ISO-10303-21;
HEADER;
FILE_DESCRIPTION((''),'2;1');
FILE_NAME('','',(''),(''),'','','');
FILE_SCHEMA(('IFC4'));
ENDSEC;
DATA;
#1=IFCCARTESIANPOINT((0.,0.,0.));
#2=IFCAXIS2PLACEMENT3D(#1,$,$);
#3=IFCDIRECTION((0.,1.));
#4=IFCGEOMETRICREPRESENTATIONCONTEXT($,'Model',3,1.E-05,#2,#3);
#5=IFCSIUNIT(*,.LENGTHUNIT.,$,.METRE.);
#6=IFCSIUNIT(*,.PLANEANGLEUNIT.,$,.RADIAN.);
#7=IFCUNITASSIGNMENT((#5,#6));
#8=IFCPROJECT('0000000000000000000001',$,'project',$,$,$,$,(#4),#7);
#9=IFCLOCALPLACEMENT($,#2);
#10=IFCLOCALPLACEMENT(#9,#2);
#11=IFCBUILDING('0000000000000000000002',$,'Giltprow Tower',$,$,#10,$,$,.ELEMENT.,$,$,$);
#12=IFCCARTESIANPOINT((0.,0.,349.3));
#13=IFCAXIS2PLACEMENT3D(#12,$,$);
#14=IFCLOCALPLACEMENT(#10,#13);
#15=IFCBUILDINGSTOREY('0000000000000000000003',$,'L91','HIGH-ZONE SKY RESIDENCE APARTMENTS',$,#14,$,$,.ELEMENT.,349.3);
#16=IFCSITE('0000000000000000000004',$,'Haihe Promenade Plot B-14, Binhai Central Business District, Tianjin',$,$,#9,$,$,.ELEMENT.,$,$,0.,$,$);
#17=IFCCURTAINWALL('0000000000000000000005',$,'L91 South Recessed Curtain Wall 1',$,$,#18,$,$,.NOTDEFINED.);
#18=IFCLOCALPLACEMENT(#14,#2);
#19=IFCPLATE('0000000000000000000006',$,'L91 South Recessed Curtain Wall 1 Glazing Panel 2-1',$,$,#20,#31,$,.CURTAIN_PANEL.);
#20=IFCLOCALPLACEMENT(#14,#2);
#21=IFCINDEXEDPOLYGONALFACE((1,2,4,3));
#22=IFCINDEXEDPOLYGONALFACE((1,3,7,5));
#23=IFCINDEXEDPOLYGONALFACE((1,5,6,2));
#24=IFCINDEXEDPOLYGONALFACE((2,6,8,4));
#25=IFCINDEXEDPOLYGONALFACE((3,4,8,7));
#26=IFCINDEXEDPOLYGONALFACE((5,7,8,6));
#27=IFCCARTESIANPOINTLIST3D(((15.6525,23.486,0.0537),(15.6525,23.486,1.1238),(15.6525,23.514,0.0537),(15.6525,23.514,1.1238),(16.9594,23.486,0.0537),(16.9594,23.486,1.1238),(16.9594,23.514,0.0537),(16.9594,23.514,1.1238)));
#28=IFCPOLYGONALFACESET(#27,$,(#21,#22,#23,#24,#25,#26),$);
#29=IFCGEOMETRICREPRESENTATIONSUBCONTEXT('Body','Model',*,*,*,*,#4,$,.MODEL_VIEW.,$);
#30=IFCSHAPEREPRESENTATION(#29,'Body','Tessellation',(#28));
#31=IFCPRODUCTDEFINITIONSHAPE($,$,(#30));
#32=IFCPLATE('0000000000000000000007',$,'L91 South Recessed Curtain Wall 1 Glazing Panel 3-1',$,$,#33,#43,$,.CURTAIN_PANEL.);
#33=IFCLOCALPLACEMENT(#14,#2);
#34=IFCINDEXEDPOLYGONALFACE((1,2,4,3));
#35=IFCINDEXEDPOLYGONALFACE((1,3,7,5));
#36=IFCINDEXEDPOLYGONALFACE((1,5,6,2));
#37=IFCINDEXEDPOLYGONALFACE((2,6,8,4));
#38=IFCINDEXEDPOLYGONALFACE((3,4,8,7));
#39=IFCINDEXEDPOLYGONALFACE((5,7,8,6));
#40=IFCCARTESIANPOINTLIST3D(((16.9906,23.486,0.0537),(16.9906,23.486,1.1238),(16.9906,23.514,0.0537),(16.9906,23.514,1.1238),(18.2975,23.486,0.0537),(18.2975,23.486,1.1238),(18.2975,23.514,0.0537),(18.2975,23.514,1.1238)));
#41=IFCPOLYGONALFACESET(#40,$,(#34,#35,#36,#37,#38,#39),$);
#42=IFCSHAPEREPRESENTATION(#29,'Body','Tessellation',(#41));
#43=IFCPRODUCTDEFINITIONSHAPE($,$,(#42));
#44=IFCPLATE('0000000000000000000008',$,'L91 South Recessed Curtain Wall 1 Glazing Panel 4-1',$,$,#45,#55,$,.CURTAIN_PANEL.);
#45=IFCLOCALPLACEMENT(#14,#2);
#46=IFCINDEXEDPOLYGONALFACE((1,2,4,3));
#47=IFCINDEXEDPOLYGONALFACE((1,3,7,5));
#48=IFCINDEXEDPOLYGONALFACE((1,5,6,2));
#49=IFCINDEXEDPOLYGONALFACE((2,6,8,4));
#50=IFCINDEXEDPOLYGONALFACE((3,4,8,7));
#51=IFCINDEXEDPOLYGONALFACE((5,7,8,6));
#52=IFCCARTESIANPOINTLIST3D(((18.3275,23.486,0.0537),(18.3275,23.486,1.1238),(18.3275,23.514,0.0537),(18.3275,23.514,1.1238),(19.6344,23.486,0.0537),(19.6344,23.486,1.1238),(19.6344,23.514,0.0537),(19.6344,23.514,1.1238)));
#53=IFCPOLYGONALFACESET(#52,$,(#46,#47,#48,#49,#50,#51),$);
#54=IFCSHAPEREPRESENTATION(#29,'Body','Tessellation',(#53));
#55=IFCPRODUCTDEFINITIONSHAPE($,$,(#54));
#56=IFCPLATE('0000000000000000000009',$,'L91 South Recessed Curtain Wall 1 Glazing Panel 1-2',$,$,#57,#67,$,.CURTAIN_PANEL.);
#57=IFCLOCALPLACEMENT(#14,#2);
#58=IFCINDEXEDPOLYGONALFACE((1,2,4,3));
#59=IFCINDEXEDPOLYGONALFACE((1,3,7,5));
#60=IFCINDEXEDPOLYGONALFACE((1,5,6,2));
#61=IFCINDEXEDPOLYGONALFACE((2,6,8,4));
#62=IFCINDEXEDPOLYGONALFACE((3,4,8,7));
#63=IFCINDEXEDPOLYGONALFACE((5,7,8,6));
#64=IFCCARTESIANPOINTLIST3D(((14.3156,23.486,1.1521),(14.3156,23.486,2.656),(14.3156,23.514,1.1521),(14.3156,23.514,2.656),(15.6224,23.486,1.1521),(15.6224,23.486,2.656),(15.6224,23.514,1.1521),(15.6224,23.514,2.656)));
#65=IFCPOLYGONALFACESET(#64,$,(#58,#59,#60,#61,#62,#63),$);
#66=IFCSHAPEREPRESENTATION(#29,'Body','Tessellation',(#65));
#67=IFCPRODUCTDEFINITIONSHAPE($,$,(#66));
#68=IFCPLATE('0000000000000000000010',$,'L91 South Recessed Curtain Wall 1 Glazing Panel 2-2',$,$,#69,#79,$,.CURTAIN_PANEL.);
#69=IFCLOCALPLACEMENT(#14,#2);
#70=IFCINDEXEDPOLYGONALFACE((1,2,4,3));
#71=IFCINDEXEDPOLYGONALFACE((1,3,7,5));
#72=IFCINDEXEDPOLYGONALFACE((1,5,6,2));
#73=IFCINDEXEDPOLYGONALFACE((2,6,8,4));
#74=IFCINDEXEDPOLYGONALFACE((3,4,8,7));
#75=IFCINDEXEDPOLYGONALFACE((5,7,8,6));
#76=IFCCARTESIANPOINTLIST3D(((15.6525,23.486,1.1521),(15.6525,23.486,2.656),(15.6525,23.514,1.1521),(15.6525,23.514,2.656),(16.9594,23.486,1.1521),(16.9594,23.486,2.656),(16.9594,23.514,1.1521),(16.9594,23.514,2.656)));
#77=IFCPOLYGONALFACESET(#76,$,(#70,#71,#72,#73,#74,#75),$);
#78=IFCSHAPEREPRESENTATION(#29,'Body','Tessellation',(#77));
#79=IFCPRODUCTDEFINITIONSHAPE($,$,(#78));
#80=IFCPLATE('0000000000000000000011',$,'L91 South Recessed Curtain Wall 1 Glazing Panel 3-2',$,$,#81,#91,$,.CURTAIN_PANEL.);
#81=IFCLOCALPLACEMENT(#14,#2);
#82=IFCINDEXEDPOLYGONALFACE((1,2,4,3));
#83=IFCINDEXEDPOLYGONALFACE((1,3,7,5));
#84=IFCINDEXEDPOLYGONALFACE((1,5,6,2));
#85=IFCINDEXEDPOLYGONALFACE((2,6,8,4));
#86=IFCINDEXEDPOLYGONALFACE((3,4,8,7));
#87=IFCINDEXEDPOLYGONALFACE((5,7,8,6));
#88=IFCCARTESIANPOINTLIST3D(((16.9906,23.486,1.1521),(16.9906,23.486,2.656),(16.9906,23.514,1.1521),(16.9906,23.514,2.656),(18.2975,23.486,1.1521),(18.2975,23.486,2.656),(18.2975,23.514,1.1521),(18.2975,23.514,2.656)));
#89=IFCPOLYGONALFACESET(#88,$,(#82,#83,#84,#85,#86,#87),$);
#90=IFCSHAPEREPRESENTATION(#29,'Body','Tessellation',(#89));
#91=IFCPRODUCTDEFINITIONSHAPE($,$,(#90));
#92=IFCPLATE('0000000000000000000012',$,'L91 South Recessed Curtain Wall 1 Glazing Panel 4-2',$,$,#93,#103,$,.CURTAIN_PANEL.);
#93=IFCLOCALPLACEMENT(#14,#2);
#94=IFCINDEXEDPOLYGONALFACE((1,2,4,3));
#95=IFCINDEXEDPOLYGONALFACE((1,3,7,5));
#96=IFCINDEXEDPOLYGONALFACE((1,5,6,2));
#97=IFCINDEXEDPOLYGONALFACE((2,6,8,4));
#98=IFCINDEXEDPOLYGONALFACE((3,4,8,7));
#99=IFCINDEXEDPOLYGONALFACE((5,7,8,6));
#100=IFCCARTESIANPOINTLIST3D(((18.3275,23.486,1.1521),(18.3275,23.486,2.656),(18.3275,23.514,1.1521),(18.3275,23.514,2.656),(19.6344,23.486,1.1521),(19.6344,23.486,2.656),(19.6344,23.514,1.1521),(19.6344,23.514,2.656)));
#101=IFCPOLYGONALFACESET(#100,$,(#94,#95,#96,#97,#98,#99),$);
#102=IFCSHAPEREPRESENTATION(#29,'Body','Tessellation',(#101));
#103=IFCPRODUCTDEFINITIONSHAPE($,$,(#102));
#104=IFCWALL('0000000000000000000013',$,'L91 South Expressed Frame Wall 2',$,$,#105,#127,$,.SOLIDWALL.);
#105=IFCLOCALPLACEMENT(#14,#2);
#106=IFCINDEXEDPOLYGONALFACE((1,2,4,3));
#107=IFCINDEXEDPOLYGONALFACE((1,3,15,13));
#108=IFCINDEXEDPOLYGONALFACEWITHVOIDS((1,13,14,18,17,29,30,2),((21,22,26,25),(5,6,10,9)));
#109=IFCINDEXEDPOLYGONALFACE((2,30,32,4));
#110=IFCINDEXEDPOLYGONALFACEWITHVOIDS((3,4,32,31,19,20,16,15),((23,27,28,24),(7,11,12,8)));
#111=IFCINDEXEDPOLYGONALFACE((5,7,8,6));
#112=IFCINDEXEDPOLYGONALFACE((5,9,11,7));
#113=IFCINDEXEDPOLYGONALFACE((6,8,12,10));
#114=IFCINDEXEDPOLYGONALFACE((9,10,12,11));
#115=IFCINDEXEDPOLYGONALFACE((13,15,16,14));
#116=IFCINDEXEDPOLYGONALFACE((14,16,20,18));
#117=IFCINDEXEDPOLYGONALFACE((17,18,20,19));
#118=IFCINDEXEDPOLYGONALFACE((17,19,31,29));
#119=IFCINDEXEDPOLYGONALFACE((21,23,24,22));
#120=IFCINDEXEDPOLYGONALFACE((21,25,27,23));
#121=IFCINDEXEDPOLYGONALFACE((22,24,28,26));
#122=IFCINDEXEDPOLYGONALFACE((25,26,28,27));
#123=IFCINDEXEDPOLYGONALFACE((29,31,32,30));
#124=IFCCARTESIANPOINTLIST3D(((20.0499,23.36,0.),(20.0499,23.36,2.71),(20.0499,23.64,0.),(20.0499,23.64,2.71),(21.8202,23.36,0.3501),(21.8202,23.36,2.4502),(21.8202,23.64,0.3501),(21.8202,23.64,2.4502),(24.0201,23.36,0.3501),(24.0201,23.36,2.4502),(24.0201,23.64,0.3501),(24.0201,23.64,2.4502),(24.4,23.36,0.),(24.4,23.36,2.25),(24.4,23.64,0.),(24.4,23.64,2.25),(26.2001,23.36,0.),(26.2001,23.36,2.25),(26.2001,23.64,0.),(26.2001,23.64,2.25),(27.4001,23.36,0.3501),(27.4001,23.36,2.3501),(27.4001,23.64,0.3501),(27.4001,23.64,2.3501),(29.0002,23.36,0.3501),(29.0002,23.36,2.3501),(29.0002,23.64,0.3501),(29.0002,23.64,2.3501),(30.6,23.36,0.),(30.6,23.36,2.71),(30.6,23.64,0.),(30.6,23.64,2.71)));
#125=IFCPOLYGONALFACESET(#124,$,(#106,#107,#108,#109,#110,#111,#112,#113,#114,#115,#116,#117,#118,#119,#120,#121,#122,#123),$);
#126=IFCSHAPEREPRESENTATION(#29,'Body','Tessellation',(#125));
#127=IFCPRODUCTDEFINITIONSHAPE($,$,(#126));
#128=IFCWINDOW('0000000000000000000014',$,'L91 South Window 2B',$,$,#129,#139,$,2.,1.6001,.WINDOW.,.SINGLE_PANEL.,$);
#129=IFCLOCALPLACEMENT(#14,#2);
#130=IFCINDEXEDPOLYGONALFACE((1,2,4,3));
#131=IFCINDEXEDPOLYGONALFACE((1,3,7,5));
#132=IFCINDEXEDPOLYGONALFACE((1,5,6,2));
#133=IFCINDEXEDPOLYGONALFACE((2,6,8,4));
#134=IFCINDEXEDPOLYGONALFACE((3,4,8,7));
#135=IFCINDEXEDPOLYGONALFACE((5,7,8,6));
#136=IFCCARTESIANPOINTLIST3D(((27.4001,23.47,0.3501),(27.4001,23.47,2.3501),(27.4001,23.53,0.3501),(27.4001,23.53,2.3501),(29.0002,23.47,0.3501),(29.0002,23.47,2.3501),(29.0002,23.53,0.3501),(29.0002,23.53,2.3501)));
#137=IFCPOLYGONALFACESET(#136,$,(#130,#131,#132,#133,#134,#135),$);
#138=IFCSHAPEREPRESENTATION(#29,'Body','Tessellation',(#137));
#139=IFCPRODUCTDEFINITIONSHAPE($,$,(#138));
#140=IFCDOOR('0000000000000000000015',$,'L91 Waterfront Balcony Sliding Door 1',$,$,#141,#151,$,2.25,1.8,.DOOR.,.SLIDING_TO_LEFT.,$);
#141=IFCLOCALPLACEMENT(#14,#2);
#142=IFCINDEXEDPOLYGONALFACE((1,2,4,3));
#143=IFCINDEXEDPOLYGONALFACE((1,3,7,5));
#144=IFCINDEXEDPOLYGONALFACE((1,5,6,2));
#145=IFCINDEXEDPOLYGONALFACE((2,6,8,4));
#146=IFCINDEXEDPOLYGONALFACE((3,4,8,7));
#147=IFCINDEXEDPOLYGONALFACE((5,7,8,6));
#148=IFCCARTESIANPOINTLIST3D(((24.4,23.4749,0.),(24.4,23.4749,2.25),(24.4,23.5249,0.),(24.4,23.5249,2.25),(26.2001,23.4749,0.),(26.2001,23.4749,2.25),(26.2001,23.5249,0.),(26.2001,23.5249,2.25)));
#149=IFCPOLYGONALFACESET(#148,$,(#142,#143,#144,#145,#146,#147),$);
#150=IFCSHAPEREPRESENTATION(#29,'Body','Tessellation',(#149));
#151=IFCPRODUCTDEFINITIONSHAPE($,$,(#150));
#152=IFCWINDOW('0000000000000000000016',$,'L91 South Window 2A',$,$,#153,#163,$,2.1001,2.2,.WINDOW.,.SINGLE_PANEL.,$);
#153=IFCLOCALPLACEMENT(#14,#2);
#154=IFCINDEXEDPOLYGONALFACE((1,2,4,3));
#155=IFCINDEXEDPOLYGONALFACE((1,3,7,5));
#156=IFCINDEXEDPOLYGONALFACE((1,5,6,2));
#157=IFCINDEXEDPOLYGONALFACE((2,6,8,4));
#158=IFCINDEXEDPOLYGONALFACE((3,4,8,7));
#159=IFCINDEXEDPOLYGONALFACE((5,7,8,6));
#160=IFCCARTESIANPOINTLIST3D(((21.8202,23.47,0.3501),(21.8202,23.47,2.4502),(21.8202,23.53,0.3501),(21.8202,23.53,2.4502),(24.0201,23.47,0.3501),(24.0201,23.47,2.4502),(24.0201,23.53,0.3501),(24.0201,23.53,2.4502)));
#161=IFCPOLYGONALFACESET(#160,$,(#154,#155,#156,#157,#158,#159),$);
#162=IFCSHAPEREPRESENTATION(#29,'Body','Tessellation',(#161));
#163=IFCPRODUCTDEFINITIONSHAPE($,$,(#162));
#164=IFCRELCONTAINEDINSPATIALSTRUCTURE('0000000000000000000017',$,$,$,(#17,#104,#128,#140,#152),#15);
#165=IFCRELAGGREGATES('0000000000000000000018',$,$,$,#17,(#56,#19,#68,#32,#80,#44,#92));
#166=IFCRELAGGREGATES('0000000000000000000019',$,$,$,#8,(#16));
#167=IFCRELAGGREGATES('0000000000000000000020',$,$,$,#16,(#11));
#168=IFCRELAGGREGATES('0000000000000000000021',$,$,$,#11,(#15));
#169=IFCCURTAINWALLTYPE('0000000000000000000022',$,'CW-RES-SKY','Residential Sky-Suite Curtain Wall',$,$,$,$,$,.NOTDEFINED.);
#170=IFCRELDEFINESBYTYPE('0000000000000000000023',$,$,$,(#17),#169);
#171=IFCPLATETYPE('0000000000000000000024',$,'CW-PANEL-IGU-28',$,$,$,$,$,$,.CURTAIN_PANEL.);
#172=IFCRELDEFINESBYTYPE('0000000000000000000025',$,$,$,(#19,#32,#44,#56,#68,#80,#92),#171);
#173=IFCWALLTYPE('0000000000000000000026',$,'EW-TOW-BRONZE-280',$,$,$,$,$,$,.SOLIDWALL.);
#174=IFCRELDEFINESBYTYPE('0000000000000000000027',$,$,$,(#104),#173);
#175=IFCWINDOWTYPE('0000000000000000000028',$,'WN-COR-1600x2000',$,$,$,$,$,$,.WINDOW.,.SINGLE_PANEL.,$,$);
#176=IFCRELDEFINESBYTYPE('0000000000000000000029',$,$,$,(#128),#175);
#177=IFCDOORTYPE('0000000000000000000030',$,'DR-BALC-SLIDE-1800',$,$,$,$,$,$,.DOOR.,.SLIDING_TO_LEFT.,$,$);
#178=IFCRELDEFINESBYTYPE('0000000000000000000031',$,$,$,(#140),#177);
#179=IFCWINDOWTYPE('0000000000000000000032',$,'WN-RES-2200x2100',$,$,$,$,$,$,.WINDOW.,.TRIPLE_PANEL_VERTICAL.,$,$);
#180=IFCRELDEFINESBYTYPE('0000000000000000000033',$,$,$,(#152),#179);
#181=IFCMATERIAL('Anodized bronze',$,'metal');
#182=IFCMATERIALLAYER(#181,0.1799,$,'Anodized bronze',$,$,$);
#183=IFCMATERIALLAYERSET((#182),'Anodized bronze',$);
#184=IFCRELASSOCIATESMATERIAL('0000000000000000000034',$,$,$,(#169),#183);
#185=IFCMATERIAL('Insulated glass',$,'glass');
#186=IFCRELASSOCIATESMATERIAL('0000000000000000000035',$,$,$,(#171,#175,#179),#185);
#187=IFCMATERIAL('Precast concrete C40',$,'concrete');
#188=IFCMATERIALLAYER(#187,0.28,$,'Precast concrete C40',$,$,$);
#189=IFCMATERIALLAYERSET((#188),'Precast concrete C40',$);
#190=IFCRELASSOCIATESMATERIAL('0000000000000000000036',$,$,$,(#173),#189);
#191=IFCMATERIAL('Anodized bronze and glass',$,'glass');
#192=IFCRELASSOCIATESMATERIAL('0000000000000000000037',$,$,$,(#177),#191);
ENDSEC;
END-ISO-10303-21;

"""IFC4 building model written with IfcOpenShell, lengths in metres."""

from ifc_helpers import new_model, si_unit, direction, frame, frame_2d, origin, origin_2d, place, context, subcontext, project, spatial, rectangle, extrude, source, transform, mapped, material, layer, layer_set, type_object, element, fill, aggregate, save


model = new_model("IFC4")

# Units and contexts
model_context = context("Model", 3, precision=1e-05, world=origin(), true_north=direction((0.0, 1.0)))
body_context = subcontext(model_context, "Body", "Model", "MODEL_VIEW")
ifc_project = project(units=[si_unit("LENGTHUNIT", "METRE"), si_unit("PLANEANGLEUNIT", "RADIAN")], contexts=[model_context])

# Site, building, storey
site_placement = place(None, origin())
site = spatial("IfcSite", under=ifc_project, at=site_placement, Name="Haihe Promenade Plot B-14, Binhai Central Business District, Tianjin", CompositionType="ELEMENT", RefElevation=0.0)
building_placement = place(site_placement, origin())
building = spatial("IfcBuilding", under=site, at=building_placement, Name="Giltprow Tower", CompositionType="ELEMENT")
storey_placement = place(building_placement, frame((0.0, 0.0, 349.3)))
storey = spatial("IfcBuildingStorey", under=building, at=storey_placement, Name="L91", Description="HIGH-ZONE SKY RESIDENCE APARTMENTS", CompositionType="ELEMENT", Elevation=349.3)

# Curtain wall
ifc_material_1 = material(Name="Anodized bronze", Category="metal")
ifc_layer_1 = layer(ifc_material_1, 0.1799, Name="Anodized bronze")
ifc_layer_set_1 = layer_set([ifc_layer_1], Name="Anodized bronze")
curtain_wall_type = type_object("IfcCurtainWallType", Name="CW-RES-SKY", Description="Residential Sky-Suite Curtain Wall", PredefinedType="NOTDEFINED", material=ifc_layer_set_1)
curtain_wall_placement = place(storey_placement, origin())
curtain_wall = element("IfcCurtainWall", 1, at=curtain_wall_placement, inside=storey, type_object=curtain_wall_type, Name="L91 South Recessed Curtain Wall 1", PredefinedType="NOTDEFINED")

# Plates
ifc_material_2 = material(Name="Insulated glass", Category="glass")
plate_type = type_object("IfcPlateType", Name="CW-PANEL-IGU-28", PredefinedType="CURTAIN_PANEL", material=ifc_material_2)
shared_shape_1 = source(origin(), body_context, "Body", "SweptSolid", [
    extrude(rectangle(XDim=1.3069, YDim=0.0281, at=origin_2d()), origin(), (0.0, 0.0, 1.0), 1.0701),
])
plate_1_placement = place(storey_placement, frame((16.3059, 23.5, 0.0537), z_axis=(0.0, 0.0, 1.0), x_axis=(1.0, 0.0, 0.0)))
plate_1 = element("IfcPlate", 2, at=plate_1_placement, type_object=plate_type, Name="L91 South Recessed Curtain Wall 1 Glazing Panel 2-1", PredefinedType="CURTAIN_PANEL", context=body_context, shape_type="MappedRepresentation", body=[
    mapped(shared_shape_1, transform((0.0, 0.0, 0.0), x_axis=(1.0, 0.0, 0.0), y_axis=(0.0, 1.0, 0.0), z_axis=(0.0, 0.0, 1.0), scale=1.0)),
])
plate_2_placement = place(storey_placement, frame((17.644, 23.5, 0.0537), z_axis=(0.0, 0.0, 1.0), x_axis=(1.0, 0.0, 0.0)))
plate_2 = element("IfcPlate", 3, at=plate_2_placement, type_object=plate_type, Name="L91 South Recessed Curtain Wall 1 Glazing Panel 3-1", PredefinedType="CURTAIN_PANEL", context=body_context, shape_type="MappedRepresentation", body=[
    mapped(shared_shape_1, transform((0.0, 0.0, 0.0), x_axis=(1.0, 0.0, 0.0), y_axis=(0.0, 1.0, 0.0), z_axis=(0.0, 0.0, 1.0), scale=1.0)),
])
plate_3_placement = place(storey_placement, frame((18.981, 23.5, 0.0537), z_axis=(0.0, 0.0, 1.0), x_axis=(1.0, 0.0, 0.0)))
plate_3 = element("IfcPlate", 4, at=plate_3_placement, type_object=plate_type, Name="L91 South Recessed Curtain Wall 1 Glazing Panel 4-1", PredefinedType="CURTAIN_PANEL", context=body_context, shape_type="MappedRepresentation", body=[
    mapped(shared_shape_1, transform((0.0, 0.0, 0.0), x_axis=(1.0, 0.0, 0.0), y_axis=(0.0, 1.0, 0.0), z_axis=(0.0, 0.0, 1.0), scale=1.0)),
])
shared_shape_2 = source(origin(), body_context, "Body", "SweptSolid", [
    extrude(rectangle(XDim=1.3069, YDim=0.0281, at=origin_2d()), origin(), (0.0, 0.0, 1.0), 1.5039),
])
plate_4_placement = place(storey_placement, frame((14.969, 23.5, 1.1521), z_axis=(0.0, 0.0, 1.0), x_axis=(1.0, 0.0, 0.0)))
plate_4 = element("IfcPlate", 5, at=plate_4_placement, type_object=plate_type, Name="L91 South Recessed Curtain Wall 1 Glazing Panel 1-2", PredefinedType="CURTAIN_PANEL", context=body_context, shape_type="MappedRepresentation", body=[
    mapped(shared_shape_2, transform((0.0, 0.0, 0.0), x_axis=(1.0, 0.0, 0.0), y_axis=(0.0, 1.0, 0.0), z_axis=(0.0, 0.0, 1.0), scale=1.0)),
])
plate_5_placement = place(storey_placement, frame((16.3059, 23.5, 1.1521), z_axis=(0.0, 0.0, 1.0), x_axis=(1.0, 0.0, 0.0)))
plate_5 = element("IfcPlate", 6, at=plate_5_placement, type_object=plate_type, Name="L91 South Recessed Curtain Wall 1 Glazing Panel 2-2", PredefinedType="CURTAIN_PANEL", context=body_context, shape_type="MappedRepresentation", body=[
    mapped(shared_shape_2, transform((0.0, 0.0, 0.0), x_axis=(1.0, 0.0, 0.0), y_axis=(0.0, 1.0, 0.0), z_axis=(0.0, 0.0, 1.0), scale=1.0)),
])
plate_6_placement = place(storey_placement, frame((17.644, 23.5, 1.1521), z_axis=(0.0, 0.0, 1.0), x_axis=(1.0, 0.0, 0.0)))
plate_6 = element("IfcPlate", 7, at=plate_6_placement, type_object=plate_type, Name="L91 South Recessed Curtain Wall 1 Glazing Panel 3-2", PredefinedType="CURTAIN_PANEL", context=body_context, shape_type="MappedRepresentation", body=[
    mapped(shared_shape_2, transform((0.0, 0.0, 0.0), x_axis=(1.0, 0.0, 0.0), y_axis=(0.0, 1.0, 0.0), z_axis=(0.0, 0.0, 1.0), scale=1.0)),
])
plate_7_placement = place(storey_placement, frame((18.981, 23.5, 1.1521), z_axis=(0.0, 0.0, 1.0), x_axis=(1.0, 0.0, 0.0)))
plate_7 = element("IfcPlate", 8, at=plate_7_placement, type_object=plate_type, Name="L91 South Recessed Curtain Wall 1 Glazing Panel 4-2", PredefinedType="CURTAIN_PANEL", context=body_context, shape_type="MappedRepresentation", body=[
    mapped(shared_shape_2, transform((0.0, 0.0, 0.0), x_axis=(1.0, 0.0, 0.0), y_axis=(0.0, 1.0, 0.0), z_axis=(0.0, 0.0, 1.0), scale=1.0)),
])
aggregate(curtain_wall, [plate_4, plate_1, plate_5, plate_2, plate_6, plate_3, plate_7])

# Wall, openings, windows, door
ifc_material_3 = material(Name="Precast concrete C40", Category="concrete")
ifc_layer_2 = layer(ifc_material_3, 0.28, Name="Precast concrete C40")
ifc_layer_set_2 = layer_set([ifc_layer_2], Name="Precast concrete C40")
wall_type_1 = type_object("IfcWallType", Name="EW-TOW-BRONZE-280", PredefinedType="SOLIDWALL", material=ifc_layer_set_2)
wall_1_placement = place(storey_placement, frame((20.05, 23.5, 0.0), z_axis=(0.0, 0.0, 1.0), x_axis=(1.0, 0.0, 0.0)))
wall_1 = element("IfcWall", 9, at=wall_1_placement, inside=storey, type_object=wall_type_1, Name="L91 South Expressed Frame Wall 2", PredefinedType="SOLIDWALL", context=body_context, shape_type="SweptSolid", body=[
    extrude(rectangle(XDim=10.55, YDim=0.28, at=frame_2d((5.2749, 0.0))), origin(), (0.0, 0.0, 1.0), 2.71),
])
opening_1_placement = place(wall_1_placement, frame((4.3501, 0.0, 0.0)))
opening_1 = element("IfcOpeningElement", 10, at=opening_1_placement, cuts=wall_1, PredefinedType="OPENING", context=body_context, shape_type="SweptSolid", body=[
    extrude(rectangle(XDim=1.8, YDim=2.25, at=frame_2d((0.8999, 1.125))), frame((0.0, 0.1499, 0.0), z_axis=(0.0, -1.0, 0.0), x_axis=(1.0, 0.0, 0.0)), (0.0, 0.0, 1.0), 0.3),
])
opening_2_placement = place(wall_1_placement, frame((1.77, 0.0, 0.3501)))
opening_2 = element("IfcOpeningElement", 11, at=opening_2_placement, cuts=wall_1, PredefinedType="OPENING", context=body_context, shape_type="SweptSolid", body=[
    extrude(rectangle(XDim=2.2, YDim=2.1001, at=frame_2d((1.1001, 1.05))), frame((0.0, 0.1499, 0.0), z_axis=(0.0, -1.0, 0.0), x_axis=(1.0, 0.0, 0.0)), (0.0, 0.0, 1.0), 0.3),
])
opening_3_placement = place(wall_1_placement, frame((7.3501, 0.0, 0.3501)))
opening_3 = element("IfcOpeningElement", 12, at=opening_3_placement, cuts=wall_1, PredefinedType="OPENING", context=body_context, shape_type="SweptSolid", body=[
    extrude(rectangle(XDim=1.6001, YDim=2.0, at=frame_2d((0.8, 1.0))), frame((0.0, 0.1499, 0.0), z_axis=(0.0, -1.0, 0.0), x_axis=(1.0, 0.0, 0.0)), (0.0, 0.0, 1.0), 0.3),
])
window_type_1 = type_object("IfcWindowType", Name="WN-COR-1600x2000", PartitioningType="SINGLE_PANEL", PredefinedType="WINDOW", material=ifc_material_2)
shared_shape_3 = source(origin(), body_context, "Body", "SweptSolid", [
    extrude(rectangle(XDim=1.6001, YDim=2.0, at=frame_2d((0.8, 1.0))), frame((0.0, 0.03, 0.0), z_axis=(0.0, -1.0, 0.0), x_axis=(1.0, 0.0, 0.0)), (0.0, 0.0, 1.0), 0.0601),
])
window_1_placement = place(opening_3_placement, origin())
window_1 = element("IfcWindow", 13, at=window_1_placement, inside=storey, type_object=window_type_1, Name="L91 South Window 2B", OverallHeight=2.0, OverallWidth=1.6001, PartitioningType="SINGLE_PANEL", PredefinedType="WINDOW", context=body_context, shape_type="MappedRepresentation", body=[
    mapped(shared_shape_3, transform((0.0, 0.0, 0.0), x_axis=(1.0, 0.0, 0.0), y_axis=(0.0, 1.0, 0.0), z_axis=(0.0, 0.0, 1.0), scale=1.0)),
])
fill(opening_3, window_1)
ifc_material_4 = material(Name="Anodized bronze and glass", Category="glass")
door_type_1 = type_object("IfcDoorType", Name="DR-BALC-SLIDE-1800", OperationType="SLIDING_TO_LEFT", PredefinedType="DOOR", material=ifc_material_4)
shared_shape_4 = source(origin(), body_context, "Body", "SweptSolid", [
    extrude(rectangle(XDim=1.8, YDim=2.25, at=frame_2d((0.8999, 1.125))), frame((0.0, 0.0249, 0.0), z_axis=(0.0, -1.0, 0.0), x_axis=(1.0, 0.0, 0.0)), (0.0, 0.0, 1.0), 0.05),
])
door_1_placement = place(opening_1_placement, origin())
door_1 = element("IfcDoor", 14, at=door_1_placement, inside=storey, type_object=door_type_1, Name="L91 Waterfront Balcony Sliding Door 1", OperationType="SLIDING_TO_LEFT", OverallHeight=2.25, OverallWidth=1.8, PredefinedType="DOOR", context=body_context, shape_type="MappedRepresentation", body=[
    mapped(shared_shape_4, transform((0.0, 0.0, 0.0), x_axis=(1.0, 0.0, 0.0), y_axis=(0.0, 1.0, 0.0), z_axis=(0.0, 0.0, 1.0), scale=1.0)),
])
fill(opening_1, door_1)
window_type_2 = type_object("IfcWindowType", Name="WN-RES-2200x2100", PartitioningType="TRIPLE_PANEL_VERTICAL", PredefinedType="WINDOW", material=ifc_material_2)
shared_shape_5 = source(origin(), body_context, "Body", "SweptSolid", [
    extrude(rectangle(XDim=2.2, YDim=2.1001, at=frame_2d((1.1001, 1.05))), frame((0.0, 0.03, 0.0), z_axis=(0.0, -1.0, 0.0), x_axis=(1.0, 0.0, 0.0)), (0.0, 0.0, 1.0), 0.0601),
])
window_2_placement = place(opening_2_placement, origin())
window_2 = element("IfcWindow", 15, at=window_2_placement, inside=storey, type_object=window_type_2, Name="L91 South Window 2A", OverallHeight=2.1001, OverallWidth=2.2, PartitioningType="SINGLE_PANEL", PredefinedType="WINDOW", context=body_context, shape_type="MappedRepresentation", body=[
    mapped(shared_shape_5, transform((0.0, 0.0, 0.0), x_axis=(1.0, 0.0, 0.0), y_axis=(0.0, 1.0, 0.0), z_axis=(0.0, 0.0, 1.0), scale=1.0)),
])
fill(opening_2, window_2)

save(model, "model.ifc")
